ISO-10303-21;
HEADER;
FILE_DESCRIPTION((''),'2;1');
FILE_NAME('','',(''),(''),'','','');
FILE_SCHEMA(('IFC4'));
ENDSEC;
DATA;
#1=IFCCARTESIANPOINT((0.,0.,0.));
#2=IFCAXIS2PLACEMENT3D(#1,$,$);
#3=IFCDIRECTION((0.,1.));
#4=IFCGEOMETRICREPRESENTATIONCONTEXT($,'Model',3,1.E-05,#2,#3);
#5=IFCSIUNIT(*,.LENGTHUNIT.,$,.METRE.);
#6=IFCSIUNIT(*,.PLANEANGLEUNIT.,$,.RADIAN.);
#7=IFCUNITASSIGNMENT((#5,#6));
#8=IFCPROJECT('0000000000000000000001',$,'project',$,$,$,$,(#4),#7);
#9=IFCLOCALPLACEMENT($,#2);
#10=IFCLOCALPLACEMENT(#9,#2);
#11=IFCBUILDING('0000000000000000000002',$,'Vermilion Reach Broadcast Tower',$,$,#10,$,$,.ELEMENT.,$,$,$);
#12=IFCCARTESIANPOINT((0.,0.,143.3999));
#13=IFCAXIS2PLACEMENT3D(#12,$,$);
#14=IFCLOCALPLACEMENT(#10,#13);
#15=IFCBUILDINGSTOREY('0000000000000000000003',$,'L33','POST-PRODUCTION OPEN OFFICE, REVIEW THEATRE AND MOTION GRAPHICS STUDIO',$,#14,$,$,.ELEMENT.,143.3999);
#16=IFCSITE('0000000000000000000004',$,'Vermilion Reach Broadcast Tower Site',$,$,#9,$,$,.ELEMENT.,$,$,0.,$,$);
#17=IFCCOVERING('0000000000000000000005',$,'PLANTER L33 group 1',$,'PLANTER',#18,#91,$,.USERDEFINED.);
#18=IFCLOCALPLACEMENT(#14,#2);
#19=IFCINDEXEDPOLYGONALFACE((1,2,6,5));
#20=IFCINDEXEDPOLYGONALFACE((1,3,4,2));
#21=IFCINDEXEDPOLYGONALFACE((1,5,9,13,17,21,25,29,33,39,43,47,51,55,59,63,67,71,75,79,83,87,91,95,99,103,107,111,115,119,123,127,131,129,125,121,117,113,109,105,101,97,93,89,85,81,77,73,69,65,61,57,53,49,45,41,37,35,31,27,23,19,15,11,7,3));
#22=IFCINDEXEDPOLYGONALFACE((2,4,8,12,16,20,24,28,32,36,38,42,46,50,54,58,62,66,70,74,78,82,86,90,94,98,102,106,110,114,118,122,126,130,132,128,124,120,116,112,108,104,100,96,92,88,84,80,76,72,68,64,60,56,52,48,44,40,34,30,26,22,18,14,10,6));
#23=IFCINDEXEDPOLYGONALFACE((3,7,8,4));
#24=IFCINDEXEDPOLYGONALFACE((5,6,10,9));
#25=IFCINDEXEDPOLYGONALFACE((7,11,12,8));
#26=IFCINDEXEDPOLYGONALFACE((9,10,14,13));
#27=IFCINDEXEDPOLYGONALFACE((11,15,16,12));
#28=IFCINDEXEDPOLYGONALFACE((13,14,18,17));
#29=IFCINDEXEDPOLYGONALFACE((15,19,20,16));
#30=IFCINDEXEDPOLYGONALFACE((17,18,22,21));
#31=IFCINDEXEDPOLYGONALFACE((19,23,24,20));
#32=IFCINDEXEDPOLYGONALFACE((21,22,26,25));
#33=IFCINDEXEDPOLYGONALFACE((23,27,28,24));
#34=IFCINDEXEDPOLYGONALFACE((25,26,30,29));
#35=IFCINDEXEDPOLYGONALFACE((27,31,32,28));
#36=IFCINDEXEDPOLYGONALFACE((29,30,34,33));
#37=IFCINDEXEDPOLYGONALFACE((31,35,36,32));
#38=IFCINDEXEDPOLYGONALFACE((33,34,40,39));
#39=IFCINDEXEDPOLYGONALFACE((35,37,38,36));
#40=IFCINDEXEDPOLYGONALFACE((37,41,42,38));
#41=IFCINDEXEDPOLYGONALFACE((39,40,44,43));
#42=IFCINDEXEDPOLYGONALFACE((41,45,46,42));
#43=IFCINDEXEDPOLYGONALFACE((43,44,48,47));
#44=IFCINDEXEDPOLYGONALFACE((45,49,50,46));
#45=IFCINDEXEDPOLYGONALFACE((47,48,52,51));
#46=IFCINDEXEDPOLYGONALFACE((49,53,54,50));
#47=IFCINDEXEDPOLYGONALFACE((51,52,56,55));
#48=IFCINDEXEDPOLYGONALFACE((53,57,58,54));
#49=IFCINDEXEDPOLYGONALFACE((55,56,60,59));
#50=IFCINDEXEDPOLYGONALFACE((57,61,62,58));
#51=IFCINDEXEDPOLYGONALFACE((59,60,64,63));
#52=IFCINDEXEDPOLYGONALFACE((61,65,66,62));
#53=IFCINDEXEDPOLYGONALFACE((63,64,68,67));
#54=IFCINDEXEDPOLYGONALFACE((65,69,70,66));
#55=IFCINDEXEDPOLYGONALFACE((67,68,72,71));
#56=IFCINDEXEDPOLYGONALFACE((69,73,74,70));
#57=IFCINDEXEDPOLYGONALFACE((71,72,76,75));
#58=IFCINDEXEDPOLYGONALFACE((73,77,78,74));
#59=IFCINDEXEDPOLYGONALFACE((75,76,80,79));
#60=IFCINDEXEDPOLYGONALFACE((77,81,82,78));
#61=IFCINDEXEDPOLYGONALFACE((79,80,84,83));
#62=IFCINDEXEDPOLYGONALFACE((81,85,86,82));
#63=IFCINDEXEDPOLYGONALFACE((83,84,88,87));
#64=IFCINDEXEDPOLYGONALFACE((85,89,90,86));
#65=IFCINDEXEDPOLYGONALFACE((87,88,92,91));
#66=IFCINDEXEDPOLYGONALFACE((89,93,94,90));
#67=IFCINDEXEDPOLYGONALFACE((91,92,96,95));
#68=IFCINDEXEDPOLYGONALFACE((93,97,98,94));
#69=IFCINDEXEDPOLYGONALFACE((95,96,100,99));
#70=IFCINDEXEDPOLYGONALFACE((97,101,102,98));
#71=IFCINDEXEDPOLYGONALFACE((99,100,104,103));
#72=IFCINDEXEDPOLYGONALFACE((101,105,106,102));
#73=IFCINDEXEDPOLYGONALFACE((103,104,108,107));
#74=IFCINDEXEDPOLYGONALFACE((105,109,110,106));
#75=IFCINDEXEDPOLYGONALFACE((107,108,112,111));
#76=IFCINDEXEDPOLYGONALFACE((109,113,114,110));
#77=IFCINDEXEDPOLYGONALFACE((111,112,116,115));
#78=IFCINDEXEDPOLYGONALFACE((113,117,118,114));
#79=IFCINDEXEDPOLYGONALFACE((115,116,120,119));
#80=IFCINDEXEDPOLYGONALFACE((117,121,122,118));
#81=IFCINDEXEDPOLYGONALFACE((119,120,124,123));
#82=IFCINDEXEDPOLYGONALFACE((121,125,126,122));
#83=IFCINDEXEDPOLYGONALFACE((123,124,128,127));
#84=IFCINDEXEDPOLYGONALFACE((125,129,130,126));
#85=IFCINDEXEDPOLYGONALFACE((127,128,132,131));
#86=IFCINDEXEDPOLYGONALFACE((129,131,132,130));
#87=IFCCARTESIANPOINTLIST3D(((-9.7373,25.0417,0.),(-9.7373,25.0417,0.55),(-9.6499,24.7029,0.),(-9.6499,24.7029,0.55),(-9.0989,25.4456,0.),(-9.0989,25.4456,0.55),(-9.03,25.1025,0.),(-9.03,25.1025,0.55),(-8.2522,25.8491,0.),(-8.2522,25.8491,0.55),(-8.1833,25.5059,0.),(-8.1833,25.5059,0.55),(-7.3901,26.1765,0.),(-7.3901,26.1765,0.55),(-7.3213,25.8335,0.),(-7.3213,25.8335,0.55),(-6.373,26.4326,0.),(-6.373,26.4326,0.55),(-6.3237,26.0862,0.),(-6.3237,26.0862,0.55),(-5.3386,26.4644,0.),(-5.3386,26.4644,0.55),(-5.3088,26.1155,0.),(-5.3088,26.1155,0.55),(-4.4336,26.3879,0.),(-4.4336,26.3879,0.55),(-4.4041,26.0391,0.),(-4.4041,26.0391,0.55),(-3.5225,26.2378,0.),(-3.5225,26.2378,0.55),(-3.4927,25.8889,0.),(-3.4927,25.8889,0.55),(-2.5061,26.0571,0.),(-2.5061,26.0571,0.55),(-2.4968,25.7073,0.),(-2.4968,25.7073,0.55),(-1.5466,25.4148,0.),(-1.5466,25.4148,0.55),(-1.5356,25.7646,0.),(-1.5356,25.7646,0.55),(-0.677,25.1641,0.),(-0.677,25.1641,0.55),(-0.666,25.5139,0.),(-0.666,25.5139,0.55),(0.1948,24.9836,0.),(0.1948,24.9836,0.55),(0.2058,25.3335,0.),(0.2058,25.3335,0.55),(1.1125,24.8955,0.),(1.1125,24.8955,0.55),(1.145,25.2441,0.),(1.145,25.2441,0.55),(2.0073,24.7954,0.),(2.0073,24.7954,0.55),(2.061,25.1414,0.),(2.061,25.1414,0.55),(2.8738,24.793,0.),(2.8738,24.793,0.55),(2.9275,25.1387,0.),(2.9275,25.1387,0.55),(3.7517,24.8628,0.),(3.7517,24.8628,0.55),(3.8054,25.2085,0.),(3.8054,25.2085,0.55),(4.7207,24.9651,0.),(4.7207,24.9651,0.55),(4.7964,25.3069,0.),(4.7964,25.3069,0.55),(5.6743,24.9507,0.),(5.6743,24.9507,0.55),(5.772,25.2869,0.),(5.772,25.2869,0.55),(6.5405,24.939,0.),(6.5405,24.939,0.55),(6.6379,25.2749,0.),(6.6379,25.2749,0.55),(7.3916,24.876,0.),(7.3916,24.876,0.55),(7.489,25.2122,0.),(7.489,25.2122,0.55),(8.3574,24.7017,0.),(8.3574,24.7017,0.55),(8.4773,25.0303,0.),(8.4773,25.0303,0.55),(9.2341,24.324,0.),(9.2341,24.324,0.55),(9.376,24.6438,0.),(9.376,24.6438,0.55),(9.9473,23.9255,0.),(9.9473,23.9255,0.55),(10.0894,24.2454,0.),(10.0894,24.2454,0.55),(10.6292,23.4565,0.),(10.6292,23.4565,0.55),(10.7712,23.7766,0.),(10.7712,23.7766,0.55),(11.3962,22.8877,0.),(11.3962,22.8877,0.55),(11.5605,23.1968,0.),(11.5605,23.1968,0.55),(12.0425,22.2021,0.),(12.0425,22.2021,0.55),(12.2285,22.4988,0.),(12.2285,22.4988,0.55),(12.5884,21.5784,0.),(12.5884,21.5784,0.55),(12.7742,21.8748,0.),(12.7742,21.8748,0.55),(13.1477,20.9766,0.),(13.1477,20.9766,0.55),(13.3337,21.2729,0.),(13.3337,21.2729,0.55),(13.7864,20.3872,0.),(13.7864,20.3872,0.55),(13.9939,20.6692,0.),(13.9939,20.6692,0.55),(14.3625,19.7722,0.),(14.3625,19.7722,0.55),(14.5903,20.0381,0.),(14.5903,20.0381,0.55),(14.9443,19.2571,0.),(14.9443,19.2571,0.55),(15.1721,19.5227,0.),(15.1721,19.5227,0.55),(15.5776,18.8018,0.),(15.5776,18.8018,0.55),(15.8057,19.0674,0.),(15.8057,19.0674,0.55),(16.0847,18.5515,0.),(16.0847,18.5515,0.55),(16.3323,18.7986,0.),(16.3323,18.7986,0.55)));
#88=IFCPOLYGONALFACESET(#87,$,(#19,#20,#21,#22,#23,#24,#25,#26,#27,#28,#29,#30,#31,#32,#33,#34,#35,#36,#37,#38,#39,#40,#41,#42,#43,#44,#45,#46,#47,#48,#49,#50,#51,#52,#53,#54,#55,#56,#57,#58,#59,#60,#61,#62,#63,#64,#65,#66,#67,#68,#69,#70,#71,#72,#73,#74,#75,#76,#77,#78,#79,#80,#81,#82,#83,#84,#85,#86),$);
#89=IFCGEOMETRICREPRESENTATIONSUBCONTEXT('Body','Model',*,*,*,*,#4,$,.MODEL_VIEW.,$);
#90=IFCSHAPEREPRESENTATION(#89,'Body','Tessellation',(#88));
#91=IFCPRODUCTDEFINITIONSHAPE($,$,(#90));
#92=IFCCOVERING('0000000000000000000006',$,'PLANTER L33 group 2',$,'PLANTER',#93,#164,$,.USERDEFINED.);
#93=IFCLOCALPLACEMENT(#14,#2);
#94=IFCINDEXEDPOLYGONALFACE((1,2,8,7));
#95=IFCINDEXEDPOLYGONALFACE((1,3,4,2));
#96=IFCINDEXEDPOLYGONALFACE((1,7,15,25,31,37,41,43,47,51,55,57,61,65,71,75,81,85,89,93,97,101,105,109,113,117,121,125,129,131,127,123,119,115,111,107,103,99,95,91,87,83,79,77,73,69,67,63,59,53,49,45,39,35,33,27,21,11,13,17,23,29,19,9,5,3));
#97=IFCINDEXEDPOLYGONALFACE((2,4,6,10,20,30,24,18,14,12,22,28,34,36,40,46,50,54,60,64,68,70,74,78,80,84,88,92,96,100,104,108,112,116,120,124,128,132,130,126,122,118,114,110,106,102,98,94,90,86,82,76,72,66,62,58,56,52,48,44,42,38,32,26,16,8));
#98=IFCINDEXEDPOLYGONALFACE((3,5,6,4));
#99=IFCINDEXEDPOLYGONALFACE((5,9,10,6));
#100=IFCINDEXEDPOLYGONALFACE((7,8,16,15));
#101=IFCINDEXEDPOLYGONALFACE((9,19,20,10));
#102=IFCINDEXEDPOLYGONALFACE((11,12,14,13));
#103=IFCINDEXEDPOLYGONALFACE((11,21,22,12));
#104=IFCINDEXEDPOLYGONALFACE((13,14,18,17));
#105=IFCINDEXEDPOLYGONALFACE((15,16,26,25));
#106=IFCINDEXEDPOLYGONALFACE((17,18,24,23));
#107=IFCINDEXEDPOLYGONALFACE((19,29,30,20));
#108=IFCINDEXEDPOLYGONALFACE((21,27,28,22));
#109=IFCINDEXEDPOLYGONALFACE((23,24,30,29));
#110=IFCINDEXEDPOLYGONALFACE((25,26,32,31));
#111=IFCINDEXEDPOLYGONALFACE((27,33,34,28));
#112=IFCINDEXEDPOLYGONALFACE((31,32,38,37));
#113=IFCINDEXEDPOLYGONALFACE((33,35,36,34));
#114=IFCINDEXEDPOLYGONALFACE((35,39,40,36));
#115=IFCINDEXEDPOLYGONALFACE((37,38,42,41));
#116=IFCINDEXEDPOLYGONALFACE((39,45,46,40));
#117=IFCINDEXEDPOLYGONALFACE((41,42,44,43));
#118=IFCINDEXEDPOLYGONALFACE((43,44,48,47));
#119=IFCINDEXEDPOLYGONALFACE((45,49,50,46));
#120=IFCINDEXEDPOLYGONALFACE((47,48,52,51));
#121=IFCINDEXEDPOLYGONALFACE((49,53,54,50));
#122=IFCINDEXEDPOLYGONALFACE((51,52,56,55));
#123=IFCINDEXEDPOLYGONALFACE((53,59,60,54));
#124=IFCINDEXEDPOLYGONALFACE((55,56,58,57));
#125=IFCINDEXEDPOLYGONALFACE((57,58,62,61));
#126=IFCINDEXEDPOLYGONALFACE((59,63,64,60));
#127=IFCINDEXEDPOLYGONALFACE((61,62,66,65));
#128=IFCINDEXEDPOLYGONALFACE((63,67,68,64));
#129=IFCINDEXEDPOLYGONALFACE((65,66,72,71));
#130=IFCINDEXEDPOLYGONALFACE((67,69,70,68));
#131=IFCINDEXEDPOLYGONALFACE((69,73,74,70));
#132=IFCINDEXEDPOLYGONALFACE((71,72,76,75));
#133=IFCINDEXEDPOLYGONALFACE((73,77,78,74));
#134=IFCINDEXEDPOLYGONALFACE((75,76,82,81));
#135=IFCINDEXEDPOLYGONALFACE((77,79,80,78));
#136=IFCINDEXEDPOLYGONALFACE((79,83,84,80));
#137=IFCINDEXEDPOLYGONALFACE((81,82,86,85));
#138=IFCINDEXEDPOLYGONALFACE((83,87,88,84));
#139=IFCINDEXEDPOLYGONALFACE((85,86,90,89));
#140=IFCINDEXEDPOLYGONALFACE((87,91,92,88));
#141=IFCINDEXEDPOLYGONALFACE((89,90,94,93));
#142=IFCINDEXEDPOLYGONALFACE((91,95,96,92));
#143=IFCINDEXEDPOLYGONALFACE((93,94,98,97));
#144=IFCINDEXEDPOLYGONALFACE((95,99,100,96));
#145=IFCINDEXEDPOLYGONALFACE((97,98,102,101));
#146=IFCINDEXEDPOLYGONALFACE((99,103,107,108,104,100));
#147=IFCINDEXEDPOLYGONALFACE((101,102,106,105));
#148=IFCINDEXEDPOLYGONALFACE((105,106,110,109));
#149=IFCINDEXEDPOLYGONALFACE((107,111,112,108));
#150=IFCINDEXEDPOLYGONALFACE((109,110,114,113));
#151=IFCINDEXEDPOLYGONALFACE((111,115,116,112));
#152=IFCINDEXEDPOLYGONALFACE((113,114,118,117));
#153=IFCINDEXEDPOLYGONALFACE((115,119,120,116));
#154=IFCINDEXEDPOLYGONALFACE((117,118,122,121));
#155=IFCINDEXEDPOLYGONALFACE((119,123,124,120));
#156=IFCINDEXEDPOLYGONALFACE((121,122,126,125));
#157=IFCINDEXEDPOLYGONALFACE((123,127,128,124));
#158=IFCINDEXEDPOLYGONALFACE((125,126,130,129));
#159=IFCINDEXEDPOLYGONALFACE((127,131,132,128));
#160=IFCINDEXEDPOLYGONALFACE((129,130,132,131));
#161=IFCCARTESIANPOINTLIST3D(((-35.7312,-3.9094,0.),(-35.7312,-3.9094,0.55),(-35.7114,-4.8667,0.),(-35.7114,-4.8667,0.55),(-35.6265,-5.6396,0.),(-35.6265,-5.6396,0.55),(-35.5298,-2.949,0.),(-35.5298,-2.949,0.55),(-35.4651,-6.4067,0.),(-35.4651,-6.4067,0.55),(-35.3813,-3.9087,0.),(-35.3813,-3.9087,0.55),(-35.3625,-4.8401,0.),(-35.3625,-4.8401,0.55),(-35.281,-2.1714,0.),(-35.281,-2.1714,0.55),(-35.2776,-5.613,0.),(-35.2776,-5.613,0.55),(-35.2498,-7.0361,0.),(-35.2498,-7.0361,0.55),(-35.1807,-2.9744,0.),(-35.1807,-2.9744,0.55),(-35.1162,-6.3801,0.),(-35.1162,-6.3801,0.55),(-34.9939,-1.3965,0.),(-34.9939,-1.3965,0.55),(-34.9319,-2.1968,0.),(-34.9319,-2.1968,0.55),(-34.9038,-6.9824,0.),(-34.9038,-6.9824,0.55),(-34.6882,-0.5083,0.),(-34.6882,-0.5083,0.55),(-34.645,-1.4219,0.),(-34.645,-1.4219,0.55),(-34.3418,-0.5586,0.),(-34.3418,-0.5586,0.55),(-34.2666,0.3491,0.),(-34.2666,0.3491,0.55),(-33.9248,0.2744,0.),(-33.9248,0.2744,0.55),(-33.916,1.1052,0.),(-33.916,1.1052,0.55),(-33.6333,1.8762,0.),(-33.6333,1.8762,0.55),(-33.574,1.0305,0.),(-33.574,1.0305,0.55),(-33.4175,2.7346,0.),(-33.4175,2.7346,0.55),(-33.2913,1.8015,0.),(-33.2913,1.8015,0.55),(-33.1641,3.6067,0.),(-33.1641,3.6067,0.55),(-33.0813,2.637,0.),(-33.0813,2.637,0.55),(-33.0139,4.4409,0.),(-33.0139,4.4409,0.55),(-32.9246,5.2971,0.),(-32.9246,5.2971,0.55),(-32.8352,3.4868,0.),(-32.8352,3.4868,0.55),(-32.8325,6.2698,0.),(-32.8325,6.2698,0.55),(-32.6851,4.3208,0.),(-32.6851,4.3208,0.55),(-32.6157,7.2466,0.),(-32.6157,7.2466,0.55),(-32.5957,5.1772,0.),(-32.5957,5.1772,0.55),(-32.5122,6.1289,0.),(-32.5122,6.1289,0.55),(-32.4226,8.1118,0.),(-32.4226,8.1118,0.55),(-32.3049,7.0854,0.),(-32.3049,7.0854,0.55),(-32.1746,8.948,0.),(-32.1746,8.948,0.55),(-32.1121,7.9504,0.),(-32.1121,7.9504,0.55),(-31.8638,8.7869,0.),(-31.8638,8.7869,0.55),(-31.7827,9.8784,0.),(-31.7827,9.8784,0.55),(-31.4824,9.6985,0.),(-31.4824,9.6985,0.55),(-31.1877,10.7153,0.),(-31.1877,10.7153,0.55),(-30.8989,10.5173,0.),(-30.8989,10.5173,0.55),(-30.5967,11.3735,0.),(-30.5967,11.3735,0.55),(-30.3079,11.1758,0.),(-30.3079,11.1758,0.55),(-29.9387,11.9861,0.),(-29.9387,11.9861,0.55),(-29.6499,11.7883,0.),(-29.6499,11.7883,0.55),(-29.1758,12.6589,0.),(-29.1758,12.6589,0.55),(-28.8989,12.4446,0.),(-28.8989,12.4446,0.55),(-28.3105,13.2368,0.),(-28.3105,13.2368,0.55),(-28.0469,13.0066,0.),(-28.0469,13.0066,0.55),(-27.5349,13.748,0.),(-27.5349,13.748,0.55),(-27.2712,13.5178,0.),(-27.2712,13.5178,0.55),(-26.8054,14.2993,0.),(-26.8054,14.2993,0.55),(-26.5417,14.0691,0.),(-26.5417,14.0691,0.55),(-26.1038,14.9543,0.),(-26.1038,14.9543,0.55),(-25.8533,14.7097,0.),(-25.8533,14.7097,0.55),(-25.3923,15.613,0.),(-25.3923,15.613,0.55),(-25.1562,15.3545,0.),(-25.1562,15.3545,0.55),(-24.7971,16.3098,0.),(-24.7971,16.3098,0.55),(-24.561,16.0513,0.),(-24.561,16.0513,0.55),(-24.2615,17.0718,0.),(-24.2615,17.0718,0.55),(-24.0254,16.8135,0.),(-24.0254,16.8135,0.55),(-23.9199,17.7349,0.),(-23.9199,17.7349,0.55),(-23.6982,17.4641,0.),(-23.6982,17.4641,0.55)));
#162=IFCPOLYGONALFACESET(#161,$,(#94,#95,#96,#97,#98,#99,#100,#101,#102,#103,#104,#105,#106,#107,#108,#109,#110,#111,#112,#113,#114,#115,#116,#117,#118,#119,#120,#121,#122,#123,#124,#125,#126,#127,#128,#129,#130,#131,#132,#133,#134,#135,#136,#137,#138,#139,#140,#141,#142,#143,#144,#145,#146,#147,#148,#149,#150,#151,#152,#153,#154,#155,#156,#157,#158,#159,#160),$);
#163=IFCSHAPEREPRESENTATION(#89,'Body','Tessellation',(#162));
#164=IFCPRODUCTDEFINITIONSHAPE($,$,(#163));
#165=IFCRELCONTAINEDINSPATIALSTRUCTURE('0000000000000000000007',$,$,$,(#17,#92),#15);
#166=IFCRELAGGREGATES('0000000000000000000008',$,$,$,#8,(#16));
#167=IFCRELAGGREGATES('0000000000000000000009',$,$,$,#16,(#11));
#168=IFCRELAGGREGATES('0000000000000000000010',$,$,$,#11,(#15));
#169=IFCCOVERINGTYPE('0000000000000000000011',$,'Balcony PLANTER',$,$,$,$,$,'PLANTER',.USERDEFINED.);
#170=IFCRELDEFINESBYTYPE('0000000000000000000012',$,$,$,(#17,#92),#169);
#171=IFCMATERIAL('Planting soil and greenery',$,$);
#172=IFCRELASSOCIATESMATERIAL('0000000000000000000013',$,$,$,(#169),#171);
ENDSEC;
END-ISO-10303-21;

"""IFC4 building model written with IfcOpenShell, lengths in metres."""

from ifc_helpers import new_model, si_unit, direction, frame, origin, place, context, subcontext, project, spatial, polyline, outline, extrude, material, type_object, element, save


model = new_model("IFC4")

# Units and contexts
model_context = context("Model", 3, precision=1e-05, world=origin(), true_north=direction((0.0, 1.0)))
body_context = subcontext(model_context, "Body", "Model", "MODEL_VIEW")
ifc_project = project(units=[si_unit("LENGTHUNIT", "METRE"), si_unit("PLANEANGLEUNIT", "RADIAN")], contexts=[model_context])

# Site, building, storey
site_placement = place(None, origin())
site = spatial("IfcSite", under=ifc_project, at=site_placement, Name="Vermilion Reach Broadcast Tower Site", CompositionType="ELEMENT", RefElevation=0.0)
building_placement = place(site_placement, origin())
building = spatial("IfcBuilding", under=site, at=building_placement, Name="Vermilion Reach Broadcast Tower", CompositionType="ELEMENT")
storey_placement = place(building_placement, frame((0.0, 0.0, 143.3999)))
storey = spatial("IfcBuildingStorey", under=building, at=storey_placement, Name="L33", Description="POST-PRODUCTION OPEN OFFICE, REVIEW THEATRE AND MOTION GRAPHICS STUDIO", CompositionType="ELEMENT", Elevation=143.3999)

# Shared definitions
placement_1 = place(storey_placement, origin())

# Coverings
ifc_material_1 = material(Name="Planting soil and greenery")
covering_type = type_object("IfcCoveringType", Name="Balcony PLANTER", ElementType="PLANTER", PredefinedType="USERDEFINED", material=ifc_material_1)
element("IfcCovering", 1, at=placement_1, inside=storey, type_object=covering_type, Name="PLANTER L33 group 1", ObjectType="PLANTER", PredefinedType="USERDEFINED", context=body_context, shape_type="SweptSolid", body=[
    extrude(outline(polyline([(16.3323, 18.7986), (15.8057, 19.0674), (15.1721, 19.5227), (14.5903, 20.0381), (13.9939, 20.6692), (13.3337, 21.2729), (12.7742, 21.8748), (12.2285, 22.4988), (11.5605, 23.1968), (10.7712, 23.7766), (10.0894, 24.2454), (9.376, 24.6438), (8.4773, 25.0303), (7.489, 25.2122), (6.6379, 25.2749), (5.772, 25.2869), (4.7964, 25.3069), (3.8054, 25.2085), (2.9275, 25.1387), (2.061, 25.1414), (1.145, 25.2441), (0.2058, 25.3335), (-0.666, 25.5139), (-1.5356, 25.7646), (-2.5061, 26.0571), (-3.5225, 26.2378), (-4.4336, 26.3879), (-5.3386, 26.4644), (-6.373, 26.4326), (-7.3901, 26.1765), (-8.2522, 25.8491), (-9.0989, 25.4456), (-9.7373, 25.0417), (-9.6499, 24.7029), (-9.03, 25.1025), (-8.1833, 25.5059), (-7.3213, 25.8335), (-6.3237, 26.0862), (-5.3088, 26.1155), (-4.4041, 26.0391), (-3.4927, 25.8889), (-2.4968, 25.7073), (-1.5466, 25.4148), (-0.677, 25.1641), (0.1948, 24.9836), (1.1125, 24.8955), (2.0073, 24.7954), (2.8738, 24.793), (3.7517, 24.8628), (4.7207, 24.9651), (5.6743, 24.9507), (6.5405, 24.939), (7.3916, 24.876), (8.3574, 24.7017), (9.2341, 24.324), (9.9473, 23.9255), (10.6292, 23.4565), (11.3962, 22.8877), (12.0425, 22.2021), (12.5884, 21.5784), (13.1477, 20.9766), (13.7864, 20.3872), (14.3625, 19.7722), (14.9443, 19.2571), (15.5776, 18.8018), (16.0847, 18.5515), (16.3323, 18.7986)])), origin(), (0.0, 0.0, 1.0), 0.55),
])
element("IfcCovering", 2, at=placement_1, inside=storey, type_object=covering_type, Name="PLANTER L33 group 2", ObjectType="PLANTER", PredefinedType="USERDEFINED", context=body_context, shape_type="SweptSolid", body=[
    extrude(outline(polyline([(-23.9199, 17.7349), (-24.2615, 17.0718), (-24.7971, 16.3098), (-25.3923, 15.613), (-26.1038, 14.9543), (-26.8054, 14.2993), (-27.5349, 13.748), (-28.3105, 13.2368), (-29.1758, 12.6589), (-29.9387, 11.9861), (-30.5967, 11.3735), (-31.1877, 10.7153), (-31.7827, 9.8784), (-32.1746, 8.948), (-32.4226, 8.1118), (-32.6157, 7.2466), (-32.8325, 6.2698), (-32.9246, 5.2971), (-33.0139, 4.4409), (-33.1641, 3.6067), (-33.4175, 2.7346), (-33.6333, 1.8762), (-33.916, 1.1052), (-34.2666, 0.3491), (-34.6882, -0.5083), (-34.9939, -1.3965), (-35.281, -2.1714), (-35.5298, -2.949), (-35.7312, -3.9094), (-35.7114, -4.8667), (-35.6265, -5.6396), (-35.4651, -6.4067), (-35.2498, -7.0361), (-34.9038, -6.9824), (-35.1162, -6.3801), (-35.2776, -5.613), (-35.3625, -4.8401), (-35.3813, -3.9087), (-35.1807, -2.9744), (-34.9319, -2.1968), (-34.645, -1.4219), (-34.3418, -0.5586), (-33.9248, 0.2744), (-33.574, 1.0305), (-33.2913, 1.8015), (-33.0813, 2.637), (-32.8352, 3.4868), (-32.6851, 4.3208), (-32.5957, 5.1772), (-32.5122, 6.1289), (-32.3049, 7.0854), (-32.1121, 7.9504), (-31.8638, 8.7869), (-31.4824, 9.6985), (-30.8989, 10.5173), (-30.3079, 11.1758), (-29.6499, 11.7883), (-28.8989, 12.4446), (-28.0469, 13.0066), (-27.2712, 13.5178), (-26.5417, 14.0691), (-25.8533, 14.7097), (-25.1562, 15.3545), (-24.561, 16.0513), (-24.0254, 16.8135), (-23.6982, 17.4641), (-23.9199, 17.7349)])), origin(), (0.0, 0.0, 1.0), 0.55),
])

save(model, "model.ifc")
